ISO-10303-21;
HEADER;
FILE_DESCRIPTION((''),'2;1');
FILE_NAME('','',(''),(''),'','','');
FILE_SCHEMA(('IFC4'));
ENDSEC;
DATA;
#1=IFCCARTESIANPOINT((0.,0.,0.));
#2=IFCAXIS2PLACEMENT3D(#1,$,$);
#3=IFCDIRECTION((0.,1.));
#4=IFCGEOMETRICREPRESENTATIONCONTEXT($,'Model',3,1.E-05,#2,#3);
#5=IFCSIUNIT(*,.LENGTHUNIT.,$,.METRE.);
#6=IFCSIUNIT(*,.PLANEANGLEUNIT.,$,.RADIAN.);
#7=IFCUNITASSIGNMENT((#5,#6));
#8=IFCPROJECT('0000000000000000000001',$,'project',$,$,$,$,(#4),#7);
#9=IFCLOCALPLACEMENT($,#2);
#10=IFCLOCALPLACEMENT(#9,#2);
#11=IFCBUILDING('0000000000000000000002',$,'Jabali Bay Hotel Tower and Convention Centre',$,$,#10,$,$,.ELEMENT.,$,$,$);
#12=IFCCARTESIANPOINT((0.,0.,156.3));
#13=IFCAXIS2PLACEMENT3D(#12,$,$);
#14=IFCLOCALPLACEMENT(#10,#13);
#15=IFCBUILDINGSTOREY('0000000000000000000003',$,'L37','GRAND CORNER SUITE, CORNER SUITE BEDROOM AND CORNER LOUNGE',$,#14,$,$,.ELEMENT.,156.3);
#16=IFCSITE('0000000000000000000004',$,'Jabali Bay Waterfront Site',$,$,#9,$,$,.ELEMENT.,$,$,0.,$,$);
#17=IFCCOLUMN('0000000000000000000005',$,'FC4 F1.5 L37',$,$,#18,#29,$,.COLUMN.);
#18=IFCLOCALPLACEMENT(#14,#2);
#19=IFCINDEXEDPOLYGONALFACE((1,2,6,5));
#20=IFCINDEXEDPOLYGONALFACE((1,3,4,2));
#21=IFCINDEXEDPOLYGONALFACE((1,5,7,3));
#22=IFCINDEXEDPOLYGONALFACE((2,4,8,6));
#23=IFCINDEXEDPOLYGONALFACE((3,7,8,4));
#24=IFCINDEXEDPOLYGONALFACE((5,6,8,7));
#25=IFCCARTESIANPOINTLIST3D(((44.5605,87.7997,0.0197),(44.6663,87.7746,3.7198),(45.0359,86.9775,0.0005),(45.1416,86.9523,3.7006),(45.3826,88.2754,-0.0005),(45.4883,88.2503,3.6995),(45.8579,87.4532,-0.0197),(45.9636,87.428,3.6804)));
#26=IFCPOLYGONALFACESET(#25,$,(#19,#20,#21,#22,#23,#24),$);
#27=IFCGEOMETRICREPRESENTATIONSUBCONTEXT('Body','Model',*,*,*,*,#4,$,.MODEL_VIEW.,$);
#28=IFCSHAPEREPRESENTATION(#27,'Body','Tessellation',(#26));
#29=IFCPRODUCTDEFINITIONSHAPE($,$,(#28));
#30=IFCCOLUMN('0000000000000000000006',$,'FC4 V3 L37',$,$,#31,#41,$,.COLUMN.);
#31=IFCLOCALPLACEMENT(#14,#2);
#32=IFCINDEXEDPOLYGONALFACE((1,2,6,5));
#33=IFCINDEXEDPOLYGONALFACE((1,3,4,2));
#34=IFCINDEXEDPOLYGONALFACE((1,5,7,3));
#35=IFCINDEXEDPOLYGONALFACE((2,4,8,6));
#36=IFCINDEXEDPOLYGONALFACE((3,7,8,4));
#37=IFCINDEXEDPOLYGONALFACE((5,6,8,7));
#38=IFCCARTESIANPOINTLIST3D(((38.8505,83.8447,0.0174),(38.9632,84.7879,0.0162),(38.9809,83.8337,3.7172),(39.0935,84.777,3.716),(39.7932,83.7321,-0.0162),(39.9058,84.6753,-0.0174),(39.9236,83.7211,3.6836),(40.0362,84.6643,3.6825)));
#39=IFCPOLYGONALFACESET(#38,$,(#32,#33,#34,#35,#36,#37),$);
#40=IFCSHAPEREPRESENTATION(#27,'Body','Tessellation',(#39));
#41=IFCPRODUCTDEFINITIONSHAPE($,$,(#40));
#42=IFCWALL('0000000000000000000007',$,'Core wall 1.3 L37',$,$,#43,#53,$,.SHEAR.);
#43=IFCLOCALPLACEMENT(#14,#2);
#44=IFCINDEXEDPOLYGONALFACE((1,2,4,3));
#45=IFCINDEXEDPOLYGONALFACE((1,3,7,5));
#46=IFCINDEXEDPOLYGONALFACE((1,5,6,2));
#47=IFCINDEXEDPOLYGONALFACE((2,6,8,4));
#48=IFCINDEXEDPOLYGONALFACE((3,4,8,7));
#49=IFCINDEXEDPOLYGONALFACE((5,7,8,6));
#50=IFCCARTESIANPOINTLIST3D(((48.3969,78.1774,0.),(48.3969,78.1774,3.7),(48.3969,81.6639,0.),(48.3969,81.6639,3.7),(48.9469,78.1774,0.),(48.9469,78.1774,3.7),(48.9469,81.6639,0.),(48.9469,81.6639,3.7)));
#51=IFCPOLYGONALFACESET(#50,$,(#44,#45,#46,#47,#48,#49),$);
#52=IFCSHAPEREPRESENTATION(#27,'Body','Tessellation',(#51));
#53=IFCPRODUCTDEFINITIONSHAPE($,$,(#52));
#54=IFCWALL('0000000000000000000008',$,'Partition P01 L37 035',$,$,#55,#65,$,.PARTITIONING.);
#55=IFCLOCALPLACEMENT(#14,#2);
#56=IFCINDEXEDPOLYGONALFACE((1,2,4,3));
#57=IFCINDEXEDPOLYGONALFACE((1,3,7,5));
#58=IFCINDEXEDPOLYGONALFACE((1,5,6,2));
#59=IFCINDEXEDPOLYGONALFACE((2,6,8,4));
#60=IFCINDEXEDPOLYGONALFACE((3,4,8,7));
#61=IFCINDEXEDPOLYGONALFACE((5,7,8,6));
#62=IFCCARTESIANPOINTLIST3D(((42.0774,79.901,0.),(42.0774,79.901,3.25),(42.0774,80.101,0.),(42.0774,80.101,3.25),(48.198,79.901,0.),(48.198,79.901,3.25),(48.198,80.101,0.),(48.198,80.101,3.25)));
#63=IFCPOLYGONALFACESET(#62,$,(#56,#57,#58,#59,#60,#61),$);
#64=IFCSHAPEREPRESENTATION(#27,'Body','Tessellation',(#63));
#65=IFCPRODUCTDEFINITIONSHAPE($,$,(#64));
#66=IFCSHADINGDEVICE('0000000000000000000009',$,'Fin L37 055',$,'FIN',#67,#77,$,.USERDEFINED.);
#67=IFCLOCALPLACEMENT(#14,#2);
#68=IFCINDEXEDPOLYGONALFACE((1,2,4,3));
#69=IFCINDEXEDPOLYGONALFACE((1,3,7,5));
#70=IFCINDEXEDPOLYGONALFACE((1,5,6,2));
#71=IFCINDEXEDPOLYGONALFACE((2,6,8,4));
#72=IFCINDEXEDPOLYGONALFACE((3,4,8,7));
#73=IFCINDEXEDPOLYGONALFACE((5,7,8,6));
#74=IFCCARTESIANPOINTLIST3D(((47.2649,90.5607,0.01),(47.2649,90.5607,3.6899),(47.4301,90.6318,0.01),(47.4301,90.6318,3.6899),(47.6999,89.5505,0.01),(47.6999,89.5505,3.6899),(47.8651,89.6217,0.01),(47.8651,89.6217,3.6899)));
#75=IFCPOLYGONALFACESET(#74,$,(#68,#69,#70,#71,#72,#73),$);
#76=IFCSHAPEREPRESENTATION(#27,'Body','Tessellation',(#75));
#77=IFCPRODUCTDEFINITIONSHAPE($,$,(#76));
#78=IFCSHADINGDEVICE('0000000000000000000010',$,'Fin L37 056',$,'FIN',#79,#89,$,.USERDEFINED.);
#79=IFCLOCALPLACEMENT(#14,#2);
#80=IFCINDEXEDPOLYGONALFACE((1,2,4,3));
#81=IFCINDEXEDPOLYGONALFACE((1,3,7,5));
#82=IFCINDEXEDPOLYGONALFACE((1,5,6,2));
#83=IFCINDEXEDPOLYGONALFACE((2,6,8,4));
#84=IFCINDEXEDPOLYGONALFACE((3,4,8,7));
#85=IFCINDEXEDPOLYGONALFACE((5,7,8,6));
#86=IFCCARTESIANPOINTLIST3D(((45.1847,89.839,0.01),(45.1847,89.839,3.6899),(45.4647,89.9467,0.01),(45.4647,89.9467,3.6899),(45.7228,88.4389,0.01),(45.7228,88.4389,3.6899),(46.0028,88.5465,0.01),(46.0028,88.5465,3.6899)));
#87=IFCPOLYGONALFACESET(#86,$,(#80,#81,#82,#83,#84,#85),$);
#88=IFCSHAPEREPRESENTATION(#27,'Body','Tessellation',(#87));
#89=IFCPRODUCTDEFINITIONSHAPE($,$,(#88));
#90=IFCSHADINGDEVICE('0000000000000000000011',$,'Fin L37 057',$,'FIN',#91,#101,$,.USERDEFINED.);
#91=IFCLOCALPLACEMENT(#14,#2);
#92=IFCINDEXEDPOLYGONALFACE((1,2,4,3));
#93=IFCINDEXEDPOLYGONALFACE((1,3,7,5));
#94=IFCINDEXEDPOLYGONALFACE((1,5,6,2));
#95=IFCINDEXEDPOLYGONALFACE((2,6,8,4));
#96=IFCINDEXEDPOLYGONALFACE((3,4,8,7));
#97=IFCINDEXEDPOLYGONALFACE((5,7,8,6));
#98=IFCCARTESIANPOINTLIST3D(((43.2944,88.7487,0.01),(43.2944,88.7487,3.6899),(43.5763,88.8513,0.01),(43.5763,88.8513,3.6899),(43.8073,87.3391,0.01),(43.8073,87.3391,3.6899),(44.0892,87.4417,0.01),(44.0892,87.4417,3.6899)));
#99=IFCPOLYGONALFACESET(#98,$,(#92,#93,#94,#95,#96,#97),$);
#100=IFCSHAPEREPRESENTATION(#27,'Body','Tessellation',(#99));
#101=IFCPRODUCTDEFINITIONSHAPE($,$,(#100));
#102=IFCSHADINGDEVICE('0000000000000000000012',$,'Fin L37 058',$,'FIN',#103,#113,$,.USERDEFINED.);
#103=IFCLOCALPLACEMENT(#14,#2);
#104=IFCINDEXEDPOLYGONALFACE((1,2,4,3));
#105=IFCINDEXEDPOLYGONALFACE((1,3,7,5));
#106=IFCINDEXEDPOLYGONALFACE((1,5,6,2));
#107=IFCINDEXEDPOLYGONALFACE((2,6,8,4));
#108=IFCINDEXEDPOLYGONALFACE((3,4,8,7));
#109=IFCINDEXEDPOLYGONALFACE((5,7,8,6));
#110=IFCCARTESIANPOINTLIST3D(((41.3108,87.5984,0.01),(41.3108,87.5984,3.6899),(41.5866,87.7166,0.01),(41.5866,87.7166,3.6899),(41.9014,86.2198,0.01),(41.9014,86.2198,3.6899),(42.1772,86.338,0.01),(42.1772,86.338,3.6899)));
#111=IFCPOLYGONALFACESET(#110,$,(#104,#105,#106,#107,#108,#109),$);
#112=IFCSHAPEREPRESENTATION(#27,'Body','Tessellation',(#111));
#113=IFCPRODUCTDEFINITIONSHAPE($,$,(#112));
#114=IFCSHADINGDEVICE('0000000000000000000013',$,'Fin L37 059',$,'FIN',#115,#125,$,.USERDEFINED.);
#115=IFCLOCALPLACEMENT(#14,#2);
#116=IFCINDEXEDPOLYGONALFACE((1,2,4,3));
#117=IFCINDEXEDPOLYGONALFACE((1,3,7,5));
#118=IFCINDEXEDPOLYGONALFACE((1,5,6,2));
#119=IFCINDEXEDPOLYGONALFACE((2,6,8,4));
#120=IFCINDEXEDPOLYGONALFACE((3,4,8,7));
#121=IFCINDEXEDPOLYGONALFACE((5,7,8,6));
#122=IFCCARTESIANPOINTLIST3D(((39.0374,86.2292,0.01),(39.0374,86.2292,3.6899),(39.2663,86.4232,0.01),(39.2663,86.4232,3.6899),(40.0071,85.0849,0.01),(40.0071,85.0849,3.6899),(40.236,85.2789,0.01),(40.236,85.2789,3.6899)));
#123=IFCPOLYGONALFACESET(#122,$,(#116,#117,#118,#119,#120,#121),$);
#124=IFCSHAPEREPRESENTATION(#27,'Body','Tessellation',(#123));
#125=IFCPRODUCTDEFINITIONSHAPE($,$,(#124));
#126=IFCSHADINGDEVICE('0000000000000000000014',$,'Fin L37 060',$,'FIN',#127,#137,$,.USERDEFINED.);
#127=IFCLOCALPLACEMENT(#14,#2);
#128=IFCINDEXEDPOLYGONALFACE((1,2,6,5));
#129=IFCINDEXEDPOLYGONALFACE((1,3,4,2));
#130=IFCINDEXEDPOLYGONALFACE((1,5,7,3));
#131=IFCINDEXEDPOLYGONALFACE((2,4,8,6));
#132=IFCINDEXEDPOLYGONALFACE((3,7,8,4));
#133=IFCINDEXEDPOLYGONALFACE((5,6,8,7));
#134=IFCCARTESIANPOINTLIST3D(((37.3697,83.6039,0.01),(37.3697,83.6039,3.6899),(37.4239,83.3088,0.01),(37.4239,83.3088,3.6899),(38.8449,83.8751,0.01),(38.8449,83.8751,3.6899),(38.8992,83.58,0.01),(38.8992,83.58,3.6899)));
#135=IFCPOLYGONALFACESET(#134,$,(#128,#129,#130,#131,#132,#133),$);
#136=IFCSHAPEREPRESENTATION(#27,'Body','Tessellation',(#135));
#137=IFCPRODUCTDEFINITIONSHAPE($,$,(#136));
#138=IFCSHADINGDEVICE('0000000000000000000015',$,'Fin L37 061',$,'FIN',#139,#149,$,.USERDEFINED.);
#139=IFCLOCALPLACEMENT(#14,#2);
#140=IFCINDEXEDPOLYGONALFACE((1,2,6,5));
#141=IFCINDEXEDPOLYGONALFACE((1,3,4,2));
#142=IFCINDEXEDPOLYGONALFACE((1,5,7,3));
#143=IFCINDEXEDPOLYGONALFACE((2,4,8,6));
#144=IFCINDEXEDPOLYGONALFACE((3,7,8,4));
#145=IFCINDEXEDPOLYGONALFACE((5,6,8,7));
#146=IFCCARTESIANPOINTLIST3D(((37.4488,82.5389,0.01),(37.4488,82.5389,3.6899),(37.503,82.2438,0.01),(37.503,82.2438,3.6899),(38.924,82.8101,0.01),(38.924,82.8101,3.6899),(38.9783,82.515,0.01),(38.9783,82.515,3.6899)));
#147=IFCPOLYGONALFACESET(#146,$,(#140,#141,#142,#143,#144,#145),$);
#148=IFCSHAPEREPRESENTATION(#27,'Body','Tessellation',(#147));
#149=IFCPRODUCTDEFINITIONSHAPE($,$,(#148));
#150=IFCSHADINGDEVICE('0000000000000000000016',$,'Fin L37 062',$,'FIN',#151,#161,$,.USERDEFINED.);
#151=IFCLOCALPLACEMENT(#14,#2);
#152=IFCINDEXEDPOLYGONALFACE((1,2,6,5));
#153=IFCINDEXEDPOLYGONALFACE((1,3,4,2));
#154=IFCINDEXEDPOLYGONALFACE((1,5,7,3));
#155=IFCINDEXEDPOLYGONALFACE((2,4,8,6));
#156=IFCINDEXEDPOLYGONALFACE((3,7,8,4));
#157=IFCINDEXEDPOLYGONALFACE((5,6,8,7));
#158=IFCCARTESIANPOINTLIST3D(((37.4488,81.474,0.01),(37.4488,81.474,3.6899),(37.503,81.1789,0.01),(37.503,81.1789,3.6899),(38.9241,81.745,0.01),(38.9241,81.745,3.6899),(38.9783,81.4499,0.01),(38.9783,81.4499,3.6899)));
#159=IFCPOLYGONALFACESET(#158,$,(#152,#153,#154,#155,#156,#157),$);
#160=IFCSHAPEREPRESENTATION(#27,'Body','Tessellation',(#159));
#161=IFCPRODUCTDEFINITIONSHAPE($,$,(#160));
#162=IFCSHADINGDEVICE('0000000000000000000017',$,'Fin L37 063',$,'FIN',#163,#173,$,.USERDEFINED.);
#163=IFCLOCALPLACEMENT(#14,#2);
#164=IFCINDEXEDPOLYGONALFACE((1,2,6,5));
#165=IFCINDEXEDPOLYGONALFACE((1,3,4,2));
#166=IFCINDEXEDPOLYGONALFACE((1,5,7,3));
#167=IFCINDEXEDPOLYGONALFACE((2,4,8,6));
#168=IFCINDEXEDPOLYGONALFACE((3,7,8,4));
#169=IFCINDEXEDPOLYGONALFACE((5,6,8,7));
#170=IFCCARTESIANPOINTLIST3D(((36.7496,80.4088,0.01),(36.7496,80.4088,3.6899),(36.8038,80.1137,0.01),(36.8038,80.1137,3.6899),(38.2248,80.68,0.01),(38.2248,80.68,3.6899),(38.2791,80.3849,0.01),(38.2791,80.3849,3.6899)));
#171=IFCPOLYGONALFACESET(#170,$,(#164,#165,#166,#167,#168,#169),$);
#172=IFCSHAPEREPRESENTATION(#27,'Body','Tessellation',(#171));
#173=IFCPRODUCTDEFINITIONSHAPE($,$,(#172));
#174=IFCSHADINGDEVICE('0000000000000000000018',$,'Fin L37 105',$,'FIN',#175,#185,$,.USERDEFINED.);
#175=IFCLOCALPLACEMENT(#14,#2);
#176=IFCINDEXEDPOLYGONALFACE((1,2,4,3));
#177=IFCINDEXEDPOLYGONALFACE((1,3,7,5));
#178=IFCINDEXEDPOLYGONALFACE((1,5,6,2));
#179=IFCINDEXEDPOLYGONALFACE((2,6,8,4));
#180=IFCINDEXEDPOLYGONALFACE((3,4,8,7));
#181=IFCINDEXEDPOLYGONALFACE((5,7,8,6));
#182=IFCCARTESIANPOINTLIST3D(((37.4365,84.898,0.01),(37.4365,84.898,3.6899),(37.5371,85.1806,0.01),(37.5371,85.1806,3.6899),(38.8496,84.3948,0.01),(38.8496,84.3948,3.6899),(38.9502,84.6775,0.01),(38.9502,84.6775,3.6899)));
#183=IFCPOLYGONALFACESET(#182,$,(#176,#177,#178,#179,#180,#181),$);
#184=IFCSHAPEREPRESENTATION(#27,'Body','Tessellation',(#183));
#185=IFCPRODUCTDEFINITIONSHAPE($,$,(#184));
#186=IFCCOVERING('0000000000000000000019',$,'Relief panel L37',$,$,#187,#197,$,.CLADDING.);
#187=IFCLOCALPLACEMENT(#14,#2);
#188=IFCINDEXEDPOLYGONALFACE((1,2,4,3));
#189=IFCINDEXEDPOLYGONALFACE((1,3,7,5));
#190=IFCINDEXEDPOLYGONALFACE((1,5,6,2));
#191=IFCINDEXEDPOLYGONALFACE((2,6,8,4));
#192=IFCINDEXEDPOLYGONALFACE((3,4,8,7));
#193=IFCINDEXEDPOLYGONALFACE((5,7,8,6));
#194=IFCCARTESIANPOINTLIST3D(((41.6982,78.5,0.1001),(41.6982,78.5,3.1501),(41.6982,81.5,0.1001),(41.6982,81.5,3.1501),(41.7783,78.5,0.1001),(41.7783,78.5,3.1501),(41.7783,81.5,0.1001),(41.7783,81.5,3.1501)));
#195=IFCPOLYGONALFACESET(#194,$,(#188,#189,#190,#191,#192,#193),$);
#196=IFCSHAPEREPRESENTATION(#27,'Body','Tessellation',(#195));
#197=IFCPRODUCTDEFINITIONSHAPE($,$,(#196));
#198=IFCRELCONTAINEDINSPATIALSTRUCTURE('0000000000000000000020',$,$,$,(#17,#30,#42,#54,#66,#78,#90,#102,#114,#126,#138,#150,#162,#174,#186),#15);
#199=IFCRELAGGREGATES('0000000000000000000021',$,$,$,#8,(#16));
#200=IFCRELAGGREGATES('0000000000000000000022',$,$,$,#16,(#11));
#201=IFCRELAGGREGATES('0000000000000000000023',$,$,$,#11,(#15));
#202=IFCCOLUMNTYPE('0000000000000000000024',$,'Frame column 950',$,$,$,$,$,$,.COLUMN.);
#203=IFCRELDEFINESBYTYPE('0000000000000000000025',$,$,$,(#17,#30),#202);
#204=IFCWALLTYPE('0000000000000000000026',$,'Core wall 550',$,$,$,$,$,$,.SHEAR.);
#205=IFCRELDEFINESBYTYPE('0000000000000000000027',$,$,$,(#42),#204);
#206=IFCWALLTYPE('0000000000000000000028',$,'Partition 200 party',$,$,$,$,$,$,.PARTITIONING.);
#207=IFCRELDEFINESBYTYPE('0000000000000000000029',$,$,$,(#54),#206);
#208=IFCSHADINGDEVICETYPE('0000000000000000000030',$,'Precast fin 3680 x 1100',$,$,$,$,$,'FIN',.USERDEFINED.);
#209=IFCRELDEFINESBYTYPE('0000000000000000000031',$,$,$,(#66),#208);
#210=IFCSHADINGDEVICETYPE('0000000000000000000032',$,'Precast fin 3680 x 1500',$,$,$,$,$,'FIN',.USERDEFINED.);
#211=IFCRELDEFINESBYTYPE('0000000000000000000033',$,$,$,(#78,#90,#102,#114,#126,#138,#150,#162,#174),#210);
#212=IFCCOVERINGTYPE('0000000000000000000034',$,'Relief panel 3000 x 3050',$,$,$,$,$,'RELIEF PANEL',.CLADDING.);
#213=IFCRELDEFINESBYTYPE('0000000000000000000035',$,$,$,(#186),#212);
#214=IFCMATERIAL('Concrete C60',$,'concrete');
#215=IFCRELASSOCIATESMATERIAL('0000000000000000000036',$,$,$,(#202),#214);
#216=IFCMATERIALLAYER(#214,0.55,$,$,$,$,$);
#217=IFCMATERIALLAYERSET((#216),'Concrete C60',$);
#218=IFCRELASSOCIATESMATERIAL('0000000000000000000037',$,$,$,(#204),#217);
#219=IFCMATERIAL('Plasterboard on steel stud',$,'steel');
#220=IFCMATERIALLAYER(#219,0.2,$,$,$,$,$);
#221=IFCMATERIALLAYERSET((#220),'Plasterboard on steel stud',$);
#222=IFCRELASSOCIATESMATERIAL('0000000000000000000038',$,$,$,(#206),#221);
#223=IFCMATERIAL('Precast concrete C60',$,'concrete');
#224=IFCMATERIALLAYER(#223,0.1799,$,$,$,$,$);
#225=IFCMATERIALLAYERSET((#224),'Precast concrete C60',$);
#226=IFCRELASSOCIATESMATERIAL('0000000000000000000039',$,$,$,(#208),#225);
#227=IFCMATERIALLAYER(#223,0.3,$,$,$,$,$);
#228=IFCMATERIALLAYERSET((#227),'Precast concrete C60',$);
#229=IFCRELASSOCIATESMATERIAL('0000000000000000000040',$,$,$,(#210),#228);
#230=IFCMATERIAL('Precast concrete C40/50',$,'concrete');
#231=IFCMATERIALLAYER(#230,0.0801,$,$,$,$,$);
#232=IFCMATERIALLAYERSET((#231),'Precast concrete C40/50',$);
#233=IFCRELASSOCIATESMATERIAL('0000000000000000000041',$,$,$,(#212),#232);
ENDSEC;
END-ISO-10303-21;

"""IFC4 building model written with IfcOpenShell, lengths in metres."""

from ifc_helpers import new_model, si_unit, direction, frame, frame_2d, origin, origin_2d, place, context, subcontext, project, spatial, rectangle, extrude, material, layer, layer_set, material_profile, profile_set, type_object, element, save


model = new_model("IFC4")

# Units and contexts
model_context = context("Model", 3, precision=1e-05, world=origin(), true_north=direction((0.0, 1.0)))
body_context = subcontext(model_context, "Body", "Model", "MODEL_VIEW")
ifc_project = project(units=[si_unit("LENGTHUNIT", "METRE"), si_unit("PLANEANGLEUNIT", "RADIAN")], contexts=[model_context])

# Site, building, storey
site_placement = place(None, origin())
site = spatial("IfcSite", under=ifc_project, at=site_placement, Name="Jabali Bay Waterfront Site", CompositionType="ELEMENT", RefElevation=0.0)
building_placement = place(site_placement, origin())
building = spatial("IfcBuilding", under=site, at=building_placement, Name="Jabali Bay Hotel Tower and Convention Centre", CompositionType="ELEMENT")
storey_placement = place(building_placement, frame((0.0, 0.0, 156.3)))
storey = spatial("IfcBuildingStorey", under=building, at=storey_placement, Name="L37", Description="GRAND CORNER SUITE, CORNER SUITE BEDROOM AND CORNER LOUNGE", CompositionType="ELEMENT", Elevation=156.3)

# Columns
ifc_material_1 = material(Name="Concrete C60", Category="concrete")
ifc_material_profile = material_profile(ifc_material_1, rectangle(XDim=0.95, YDim=0.95, at=origin_2d()), Name="Frame column 950")
ifc_profile_set = profile_set([ifc_material_profile], Name="Concrete C60")
column_type = type_object("IfcColumnType", Name="Frame column 950", PredefinedType="COLUMN", material=ifc_profile_set)
column_1_placement = place(storey_placement, frame((45.2092, 87.6265, 0.0), z_axis=(0.028559, -0.006794, 0.999569), x_axis=(-0.500398, 0.86556, 0.02018)))
element("IfcColumn", 1, at=column_1_placement, inside=storey, type_object=column_type, Name="FC4 F1.5 L37", PredefinedType="COLUMN", context=body_context, shape_type="SweptSolid", body=[
    extrude(rectangle(XDim=0.95, YDim=0.95, at=origin_2d()), origin(), (0.0, 0.0, 1.0), 3.7017),
])
column_2_placement = place(storey_placement, frame((39.3782, 84.26, 0.0), z_axis=(0.035214, -0.002967, 0.999375), x_axis=(-0.992321, 0.118538, 0.035317)))
element("IfcColumn", 2, at=column_2_placement, inside=storey, type_object=column_type, Name="FC4 V3 L37", PredefinedType="COLUMN", context=body_context, shape_type="SweptSolid", body=[
    extrude(rectangle(XDim=0.95, YDim=0.95, at=origin_2d()), origin(), (0.0, 0.0, 1.0), 3.7021),
])

# Wall
ifc_layer_1 = layer(ifc_material_1, 0.55)
ifc_layer_set_1 = layer_set([ifc_layer_1], Name="Concrete C60")
wall_type_1 = type_object("IfcWallType", Name="Core wall 550", PredefinedType="SHEAR", material=ifc_layer_set_1)
wall_1_placement = place(storey_placement, frame((48.6719, 81.6638, 0.0), z_axis=(0.0, 0.0, 1.0), x_axis=(0.0, -1.0, 0.0)))
element("IfcWall", 3, at=wall_1_placement, inside=storey, type_object=wall_type_1, Name="Core wall 1.3 L37", PredefinedType="SHEAR", context=body_context, shape_type="SweptSolid", body=[
    extrude(rectangle(XDim=3.4866, YDim=0.55, at=frame_2d((1.7432, 0.0))), origin(), (0.0, 0.0, 1.0), 3.7),
])

# Wall
ifc_material_2 = material(Name="Plasterboard on steel stud", Category="steel")
ifc_layer_2 = layer(ifc_material_2, 0.2)
ifc_layer_set_2 = layer_set([ifc_layer_2], Name="Plasterboard on steel stud")
wall_type_2 = type_object("IfcWallType", Name="Partition 200 party", PredefinedType="PARTITIONING", material=ifc_layer_set_2)
wall_2_placement = place(storey_placement, frame((42.0774, 80.001, 0.0), z_axis=(0.0, 0.0, 1.0), x_axis=(1.0, 0.0, 0.0)))
element("IfcWall", 4, at=wall_2_placement, inside=storey, type_object=wall_type_2, Name="Partition P01 L37 035", PredefinedType="PARTITIONING", context=body_context, shape_type="SweptSolid", body=[
    extrude(rectangle(XDim=6.1206, YDim=0.2, at=frame_2d((3.0603, 0.0))), origin(), (0.0, 0.0, 1.0), 3.25),
])

# Shading devices
ifc_material_3 = material(Name="Precast concrete C60", Category="concrete")
ifc_layer_3 = layer(ifc_material_3, 0.1799)
ifc_layer_set_3 = layer_set([ifc_layer_3], Name="Precast concrete C60")
shading_device_type_1 = type_object("IfcShadingDeviceType", Name="Precast fin 3680 x 1100", ElementType="FIN", PredefinedType="USERDEFINED", material=ifc_layer_set_3)
shading_device_1_placement = place(storey_placement, frame((47.7825, 89.5862, 0.01), z_axis=(0.0, 0.0, 1.0), x_axis=(-0.395526, 0.918455, 0.0)))
element("IfcShadingDevice", 5, at=shading_device_1_placement, inside=storey, type_object=shading_device_type_1, Name="Fin L37 055", ObjectType="FIN", PredefinedType="USERDEFINED", context=body_context, shape_type="SweptSolid", body=[
    extrude(rectangle(XDim=1.0999, YDim=0.1799, at=frame_2d((0.5498, 0.0))), origin(), (0.0, 0.0, 1.0), 3.6799),
])
ifc_layer_4 = layer(ifc_material_3, 0.3)
ifc_layer_set_4 = layer_set([ifc_layer_4], Name="Precast concrete C60")
shading_device_type_2 = type_object("IfcShadingDeviceType", Name="Precast fin 3680 x 1500", ElementType="FIN", PredefinedType="USERDEFINED", material=ifc_layer_set_4)
for number, where, z_axis, x_axis, name in (
    (6, (45.8628, 88.4927, 0.01), (0.0, 0.0, 1.0), (-0.358728, 0.933442, 0.0), "Fin L37 056"),
    (7, (43.9482, 87.3904, 0.01), (0.0, 0.0, 1.0), (-0.341939, 0.939722, 0.0), "Fin L37 057"),
):
    element("IfcShadingDevice", number, at=place(storey_placement, frame(where, z_axis=z_axis, x_axis=x_axis)), inside=storey, type_object=shading_device_type_2, Name=name, ObjectType="FIN", PredefinedType="USERDEFINED", context=body_context, shape_type="SweptSolid", body=[
        extrude(rectangle(XDim=1.5, YDim=0.3, at=frame_2d((0.75, 0.0))), origin(), (0.0, 0.0, 1.0), 3.6799),
    ])
shading_device_2_placement = place(storey_placement, frame((42.0393, 86.2788, 0.01), z_axis=(0.0, 0.0, 1.0), x_axis=(-0.393762, 0.919212, 0.0)))
element("IfcShadingDevice", 8, at=shading_device_2_placement, inside=storey, type_object=shading_device_type_2, Name="Fin L37 058", ObjectType="FIN", PredefinedType="USERDEFINED", context=body_context, shape_type="SweptSolid", body=[
    extrude(rectangle(XDim=1.4998, YDim=0.3, at=frame_2d((0.75, 0.0))), origin(), (0.0, 0.0, 1.0), 3.6799),
])
for number, where, z_axis, x_axis, name in (
    (9, (40.1216, 85.1819, 0.01), (0.0, 0.0, 1.0), (-0.646518, 0.762898, 0.0), "Fin L37 059"),
    (10, (38.8721, 83.7275, 0.01), (0.0, 0.0, 1.0), (-0.983516, -0.180819, 0.0), "Fin L37 060"),
    (11, (38.9512, 82.6626, 0.01), (0.0, 0.0, 1.0), (-0.983516, -0.180819, 0.0), "Fin L37 061"),
    (12, (38.9512, 81.5974, 0.01), (0.0, 0.0, 1.0), (-0.983545, -0.180661, 0.0), "Fin L37 062"),
    (13, (38.252, 80.5325, 0.01), (0.0, 0.0, 1.0), (-0.983516, -0.180819, 0.0), "Fin L37 063"),
    (14, (38.8999, 84.5361, 0.01), (0.0, 0.0, 1.0), (-0.942058, 0.33545, 0.0), "Fin L37 105"),
):
    element("IfcShadingDevice", number, at=place(storey_placement, frame(where, z_axis=z_axis, x_axis=x_axis)), inside=storey, type_object=shading_device_type_2, Name=name, ObjectType="FIN", PredefinedType="USERDEFINED", context=body_context, shape_type="SweptSolid", body=[
        extrude(rectangle(XDim=1.5, YDim=0.3, at=frame_2d((0.75, 0.0))), origin(), (0.0, 0.0, 1.0), 3.6799),
    ])

# Covering
ifc_material_4 = material(Name="Precast concrete C40/50", Category="concrete")
ifc_layer_5 = layer(ifc_material_4, 0.0801)
ifc_layer_set_5 = layer_set([ifc_layer_5], Name="Precast concrete C40/50")
covering_type = type_object("IfcCoveringType", Name="Relief panel 3000 x 3050", ElementType="RELIEF PANEL", PredefinedType="CLADDING", material=ifc_layer_set_5)
covering_placement = place(storey_placement, frame((41.7383, 80.0, 0.1001), z_axis=(0.0, 0.0, 1.0), x_axis=(0.0, 1.0, 0.0)))
element("IfcCovering", 15, at=covering_placement, inside=storey, type_object=covering_type, Name="Relief panel L37", PredefinedType="CLADDING", context=body_context, shape_type="SweptSolid", body=[
    extrude(rectangle(XDim=3.0, YDim=0.0801, at=origin_2d()), origin(), (0.0, 0.0, 1.0), 3.05),
])

save(model, "model.ifc")
